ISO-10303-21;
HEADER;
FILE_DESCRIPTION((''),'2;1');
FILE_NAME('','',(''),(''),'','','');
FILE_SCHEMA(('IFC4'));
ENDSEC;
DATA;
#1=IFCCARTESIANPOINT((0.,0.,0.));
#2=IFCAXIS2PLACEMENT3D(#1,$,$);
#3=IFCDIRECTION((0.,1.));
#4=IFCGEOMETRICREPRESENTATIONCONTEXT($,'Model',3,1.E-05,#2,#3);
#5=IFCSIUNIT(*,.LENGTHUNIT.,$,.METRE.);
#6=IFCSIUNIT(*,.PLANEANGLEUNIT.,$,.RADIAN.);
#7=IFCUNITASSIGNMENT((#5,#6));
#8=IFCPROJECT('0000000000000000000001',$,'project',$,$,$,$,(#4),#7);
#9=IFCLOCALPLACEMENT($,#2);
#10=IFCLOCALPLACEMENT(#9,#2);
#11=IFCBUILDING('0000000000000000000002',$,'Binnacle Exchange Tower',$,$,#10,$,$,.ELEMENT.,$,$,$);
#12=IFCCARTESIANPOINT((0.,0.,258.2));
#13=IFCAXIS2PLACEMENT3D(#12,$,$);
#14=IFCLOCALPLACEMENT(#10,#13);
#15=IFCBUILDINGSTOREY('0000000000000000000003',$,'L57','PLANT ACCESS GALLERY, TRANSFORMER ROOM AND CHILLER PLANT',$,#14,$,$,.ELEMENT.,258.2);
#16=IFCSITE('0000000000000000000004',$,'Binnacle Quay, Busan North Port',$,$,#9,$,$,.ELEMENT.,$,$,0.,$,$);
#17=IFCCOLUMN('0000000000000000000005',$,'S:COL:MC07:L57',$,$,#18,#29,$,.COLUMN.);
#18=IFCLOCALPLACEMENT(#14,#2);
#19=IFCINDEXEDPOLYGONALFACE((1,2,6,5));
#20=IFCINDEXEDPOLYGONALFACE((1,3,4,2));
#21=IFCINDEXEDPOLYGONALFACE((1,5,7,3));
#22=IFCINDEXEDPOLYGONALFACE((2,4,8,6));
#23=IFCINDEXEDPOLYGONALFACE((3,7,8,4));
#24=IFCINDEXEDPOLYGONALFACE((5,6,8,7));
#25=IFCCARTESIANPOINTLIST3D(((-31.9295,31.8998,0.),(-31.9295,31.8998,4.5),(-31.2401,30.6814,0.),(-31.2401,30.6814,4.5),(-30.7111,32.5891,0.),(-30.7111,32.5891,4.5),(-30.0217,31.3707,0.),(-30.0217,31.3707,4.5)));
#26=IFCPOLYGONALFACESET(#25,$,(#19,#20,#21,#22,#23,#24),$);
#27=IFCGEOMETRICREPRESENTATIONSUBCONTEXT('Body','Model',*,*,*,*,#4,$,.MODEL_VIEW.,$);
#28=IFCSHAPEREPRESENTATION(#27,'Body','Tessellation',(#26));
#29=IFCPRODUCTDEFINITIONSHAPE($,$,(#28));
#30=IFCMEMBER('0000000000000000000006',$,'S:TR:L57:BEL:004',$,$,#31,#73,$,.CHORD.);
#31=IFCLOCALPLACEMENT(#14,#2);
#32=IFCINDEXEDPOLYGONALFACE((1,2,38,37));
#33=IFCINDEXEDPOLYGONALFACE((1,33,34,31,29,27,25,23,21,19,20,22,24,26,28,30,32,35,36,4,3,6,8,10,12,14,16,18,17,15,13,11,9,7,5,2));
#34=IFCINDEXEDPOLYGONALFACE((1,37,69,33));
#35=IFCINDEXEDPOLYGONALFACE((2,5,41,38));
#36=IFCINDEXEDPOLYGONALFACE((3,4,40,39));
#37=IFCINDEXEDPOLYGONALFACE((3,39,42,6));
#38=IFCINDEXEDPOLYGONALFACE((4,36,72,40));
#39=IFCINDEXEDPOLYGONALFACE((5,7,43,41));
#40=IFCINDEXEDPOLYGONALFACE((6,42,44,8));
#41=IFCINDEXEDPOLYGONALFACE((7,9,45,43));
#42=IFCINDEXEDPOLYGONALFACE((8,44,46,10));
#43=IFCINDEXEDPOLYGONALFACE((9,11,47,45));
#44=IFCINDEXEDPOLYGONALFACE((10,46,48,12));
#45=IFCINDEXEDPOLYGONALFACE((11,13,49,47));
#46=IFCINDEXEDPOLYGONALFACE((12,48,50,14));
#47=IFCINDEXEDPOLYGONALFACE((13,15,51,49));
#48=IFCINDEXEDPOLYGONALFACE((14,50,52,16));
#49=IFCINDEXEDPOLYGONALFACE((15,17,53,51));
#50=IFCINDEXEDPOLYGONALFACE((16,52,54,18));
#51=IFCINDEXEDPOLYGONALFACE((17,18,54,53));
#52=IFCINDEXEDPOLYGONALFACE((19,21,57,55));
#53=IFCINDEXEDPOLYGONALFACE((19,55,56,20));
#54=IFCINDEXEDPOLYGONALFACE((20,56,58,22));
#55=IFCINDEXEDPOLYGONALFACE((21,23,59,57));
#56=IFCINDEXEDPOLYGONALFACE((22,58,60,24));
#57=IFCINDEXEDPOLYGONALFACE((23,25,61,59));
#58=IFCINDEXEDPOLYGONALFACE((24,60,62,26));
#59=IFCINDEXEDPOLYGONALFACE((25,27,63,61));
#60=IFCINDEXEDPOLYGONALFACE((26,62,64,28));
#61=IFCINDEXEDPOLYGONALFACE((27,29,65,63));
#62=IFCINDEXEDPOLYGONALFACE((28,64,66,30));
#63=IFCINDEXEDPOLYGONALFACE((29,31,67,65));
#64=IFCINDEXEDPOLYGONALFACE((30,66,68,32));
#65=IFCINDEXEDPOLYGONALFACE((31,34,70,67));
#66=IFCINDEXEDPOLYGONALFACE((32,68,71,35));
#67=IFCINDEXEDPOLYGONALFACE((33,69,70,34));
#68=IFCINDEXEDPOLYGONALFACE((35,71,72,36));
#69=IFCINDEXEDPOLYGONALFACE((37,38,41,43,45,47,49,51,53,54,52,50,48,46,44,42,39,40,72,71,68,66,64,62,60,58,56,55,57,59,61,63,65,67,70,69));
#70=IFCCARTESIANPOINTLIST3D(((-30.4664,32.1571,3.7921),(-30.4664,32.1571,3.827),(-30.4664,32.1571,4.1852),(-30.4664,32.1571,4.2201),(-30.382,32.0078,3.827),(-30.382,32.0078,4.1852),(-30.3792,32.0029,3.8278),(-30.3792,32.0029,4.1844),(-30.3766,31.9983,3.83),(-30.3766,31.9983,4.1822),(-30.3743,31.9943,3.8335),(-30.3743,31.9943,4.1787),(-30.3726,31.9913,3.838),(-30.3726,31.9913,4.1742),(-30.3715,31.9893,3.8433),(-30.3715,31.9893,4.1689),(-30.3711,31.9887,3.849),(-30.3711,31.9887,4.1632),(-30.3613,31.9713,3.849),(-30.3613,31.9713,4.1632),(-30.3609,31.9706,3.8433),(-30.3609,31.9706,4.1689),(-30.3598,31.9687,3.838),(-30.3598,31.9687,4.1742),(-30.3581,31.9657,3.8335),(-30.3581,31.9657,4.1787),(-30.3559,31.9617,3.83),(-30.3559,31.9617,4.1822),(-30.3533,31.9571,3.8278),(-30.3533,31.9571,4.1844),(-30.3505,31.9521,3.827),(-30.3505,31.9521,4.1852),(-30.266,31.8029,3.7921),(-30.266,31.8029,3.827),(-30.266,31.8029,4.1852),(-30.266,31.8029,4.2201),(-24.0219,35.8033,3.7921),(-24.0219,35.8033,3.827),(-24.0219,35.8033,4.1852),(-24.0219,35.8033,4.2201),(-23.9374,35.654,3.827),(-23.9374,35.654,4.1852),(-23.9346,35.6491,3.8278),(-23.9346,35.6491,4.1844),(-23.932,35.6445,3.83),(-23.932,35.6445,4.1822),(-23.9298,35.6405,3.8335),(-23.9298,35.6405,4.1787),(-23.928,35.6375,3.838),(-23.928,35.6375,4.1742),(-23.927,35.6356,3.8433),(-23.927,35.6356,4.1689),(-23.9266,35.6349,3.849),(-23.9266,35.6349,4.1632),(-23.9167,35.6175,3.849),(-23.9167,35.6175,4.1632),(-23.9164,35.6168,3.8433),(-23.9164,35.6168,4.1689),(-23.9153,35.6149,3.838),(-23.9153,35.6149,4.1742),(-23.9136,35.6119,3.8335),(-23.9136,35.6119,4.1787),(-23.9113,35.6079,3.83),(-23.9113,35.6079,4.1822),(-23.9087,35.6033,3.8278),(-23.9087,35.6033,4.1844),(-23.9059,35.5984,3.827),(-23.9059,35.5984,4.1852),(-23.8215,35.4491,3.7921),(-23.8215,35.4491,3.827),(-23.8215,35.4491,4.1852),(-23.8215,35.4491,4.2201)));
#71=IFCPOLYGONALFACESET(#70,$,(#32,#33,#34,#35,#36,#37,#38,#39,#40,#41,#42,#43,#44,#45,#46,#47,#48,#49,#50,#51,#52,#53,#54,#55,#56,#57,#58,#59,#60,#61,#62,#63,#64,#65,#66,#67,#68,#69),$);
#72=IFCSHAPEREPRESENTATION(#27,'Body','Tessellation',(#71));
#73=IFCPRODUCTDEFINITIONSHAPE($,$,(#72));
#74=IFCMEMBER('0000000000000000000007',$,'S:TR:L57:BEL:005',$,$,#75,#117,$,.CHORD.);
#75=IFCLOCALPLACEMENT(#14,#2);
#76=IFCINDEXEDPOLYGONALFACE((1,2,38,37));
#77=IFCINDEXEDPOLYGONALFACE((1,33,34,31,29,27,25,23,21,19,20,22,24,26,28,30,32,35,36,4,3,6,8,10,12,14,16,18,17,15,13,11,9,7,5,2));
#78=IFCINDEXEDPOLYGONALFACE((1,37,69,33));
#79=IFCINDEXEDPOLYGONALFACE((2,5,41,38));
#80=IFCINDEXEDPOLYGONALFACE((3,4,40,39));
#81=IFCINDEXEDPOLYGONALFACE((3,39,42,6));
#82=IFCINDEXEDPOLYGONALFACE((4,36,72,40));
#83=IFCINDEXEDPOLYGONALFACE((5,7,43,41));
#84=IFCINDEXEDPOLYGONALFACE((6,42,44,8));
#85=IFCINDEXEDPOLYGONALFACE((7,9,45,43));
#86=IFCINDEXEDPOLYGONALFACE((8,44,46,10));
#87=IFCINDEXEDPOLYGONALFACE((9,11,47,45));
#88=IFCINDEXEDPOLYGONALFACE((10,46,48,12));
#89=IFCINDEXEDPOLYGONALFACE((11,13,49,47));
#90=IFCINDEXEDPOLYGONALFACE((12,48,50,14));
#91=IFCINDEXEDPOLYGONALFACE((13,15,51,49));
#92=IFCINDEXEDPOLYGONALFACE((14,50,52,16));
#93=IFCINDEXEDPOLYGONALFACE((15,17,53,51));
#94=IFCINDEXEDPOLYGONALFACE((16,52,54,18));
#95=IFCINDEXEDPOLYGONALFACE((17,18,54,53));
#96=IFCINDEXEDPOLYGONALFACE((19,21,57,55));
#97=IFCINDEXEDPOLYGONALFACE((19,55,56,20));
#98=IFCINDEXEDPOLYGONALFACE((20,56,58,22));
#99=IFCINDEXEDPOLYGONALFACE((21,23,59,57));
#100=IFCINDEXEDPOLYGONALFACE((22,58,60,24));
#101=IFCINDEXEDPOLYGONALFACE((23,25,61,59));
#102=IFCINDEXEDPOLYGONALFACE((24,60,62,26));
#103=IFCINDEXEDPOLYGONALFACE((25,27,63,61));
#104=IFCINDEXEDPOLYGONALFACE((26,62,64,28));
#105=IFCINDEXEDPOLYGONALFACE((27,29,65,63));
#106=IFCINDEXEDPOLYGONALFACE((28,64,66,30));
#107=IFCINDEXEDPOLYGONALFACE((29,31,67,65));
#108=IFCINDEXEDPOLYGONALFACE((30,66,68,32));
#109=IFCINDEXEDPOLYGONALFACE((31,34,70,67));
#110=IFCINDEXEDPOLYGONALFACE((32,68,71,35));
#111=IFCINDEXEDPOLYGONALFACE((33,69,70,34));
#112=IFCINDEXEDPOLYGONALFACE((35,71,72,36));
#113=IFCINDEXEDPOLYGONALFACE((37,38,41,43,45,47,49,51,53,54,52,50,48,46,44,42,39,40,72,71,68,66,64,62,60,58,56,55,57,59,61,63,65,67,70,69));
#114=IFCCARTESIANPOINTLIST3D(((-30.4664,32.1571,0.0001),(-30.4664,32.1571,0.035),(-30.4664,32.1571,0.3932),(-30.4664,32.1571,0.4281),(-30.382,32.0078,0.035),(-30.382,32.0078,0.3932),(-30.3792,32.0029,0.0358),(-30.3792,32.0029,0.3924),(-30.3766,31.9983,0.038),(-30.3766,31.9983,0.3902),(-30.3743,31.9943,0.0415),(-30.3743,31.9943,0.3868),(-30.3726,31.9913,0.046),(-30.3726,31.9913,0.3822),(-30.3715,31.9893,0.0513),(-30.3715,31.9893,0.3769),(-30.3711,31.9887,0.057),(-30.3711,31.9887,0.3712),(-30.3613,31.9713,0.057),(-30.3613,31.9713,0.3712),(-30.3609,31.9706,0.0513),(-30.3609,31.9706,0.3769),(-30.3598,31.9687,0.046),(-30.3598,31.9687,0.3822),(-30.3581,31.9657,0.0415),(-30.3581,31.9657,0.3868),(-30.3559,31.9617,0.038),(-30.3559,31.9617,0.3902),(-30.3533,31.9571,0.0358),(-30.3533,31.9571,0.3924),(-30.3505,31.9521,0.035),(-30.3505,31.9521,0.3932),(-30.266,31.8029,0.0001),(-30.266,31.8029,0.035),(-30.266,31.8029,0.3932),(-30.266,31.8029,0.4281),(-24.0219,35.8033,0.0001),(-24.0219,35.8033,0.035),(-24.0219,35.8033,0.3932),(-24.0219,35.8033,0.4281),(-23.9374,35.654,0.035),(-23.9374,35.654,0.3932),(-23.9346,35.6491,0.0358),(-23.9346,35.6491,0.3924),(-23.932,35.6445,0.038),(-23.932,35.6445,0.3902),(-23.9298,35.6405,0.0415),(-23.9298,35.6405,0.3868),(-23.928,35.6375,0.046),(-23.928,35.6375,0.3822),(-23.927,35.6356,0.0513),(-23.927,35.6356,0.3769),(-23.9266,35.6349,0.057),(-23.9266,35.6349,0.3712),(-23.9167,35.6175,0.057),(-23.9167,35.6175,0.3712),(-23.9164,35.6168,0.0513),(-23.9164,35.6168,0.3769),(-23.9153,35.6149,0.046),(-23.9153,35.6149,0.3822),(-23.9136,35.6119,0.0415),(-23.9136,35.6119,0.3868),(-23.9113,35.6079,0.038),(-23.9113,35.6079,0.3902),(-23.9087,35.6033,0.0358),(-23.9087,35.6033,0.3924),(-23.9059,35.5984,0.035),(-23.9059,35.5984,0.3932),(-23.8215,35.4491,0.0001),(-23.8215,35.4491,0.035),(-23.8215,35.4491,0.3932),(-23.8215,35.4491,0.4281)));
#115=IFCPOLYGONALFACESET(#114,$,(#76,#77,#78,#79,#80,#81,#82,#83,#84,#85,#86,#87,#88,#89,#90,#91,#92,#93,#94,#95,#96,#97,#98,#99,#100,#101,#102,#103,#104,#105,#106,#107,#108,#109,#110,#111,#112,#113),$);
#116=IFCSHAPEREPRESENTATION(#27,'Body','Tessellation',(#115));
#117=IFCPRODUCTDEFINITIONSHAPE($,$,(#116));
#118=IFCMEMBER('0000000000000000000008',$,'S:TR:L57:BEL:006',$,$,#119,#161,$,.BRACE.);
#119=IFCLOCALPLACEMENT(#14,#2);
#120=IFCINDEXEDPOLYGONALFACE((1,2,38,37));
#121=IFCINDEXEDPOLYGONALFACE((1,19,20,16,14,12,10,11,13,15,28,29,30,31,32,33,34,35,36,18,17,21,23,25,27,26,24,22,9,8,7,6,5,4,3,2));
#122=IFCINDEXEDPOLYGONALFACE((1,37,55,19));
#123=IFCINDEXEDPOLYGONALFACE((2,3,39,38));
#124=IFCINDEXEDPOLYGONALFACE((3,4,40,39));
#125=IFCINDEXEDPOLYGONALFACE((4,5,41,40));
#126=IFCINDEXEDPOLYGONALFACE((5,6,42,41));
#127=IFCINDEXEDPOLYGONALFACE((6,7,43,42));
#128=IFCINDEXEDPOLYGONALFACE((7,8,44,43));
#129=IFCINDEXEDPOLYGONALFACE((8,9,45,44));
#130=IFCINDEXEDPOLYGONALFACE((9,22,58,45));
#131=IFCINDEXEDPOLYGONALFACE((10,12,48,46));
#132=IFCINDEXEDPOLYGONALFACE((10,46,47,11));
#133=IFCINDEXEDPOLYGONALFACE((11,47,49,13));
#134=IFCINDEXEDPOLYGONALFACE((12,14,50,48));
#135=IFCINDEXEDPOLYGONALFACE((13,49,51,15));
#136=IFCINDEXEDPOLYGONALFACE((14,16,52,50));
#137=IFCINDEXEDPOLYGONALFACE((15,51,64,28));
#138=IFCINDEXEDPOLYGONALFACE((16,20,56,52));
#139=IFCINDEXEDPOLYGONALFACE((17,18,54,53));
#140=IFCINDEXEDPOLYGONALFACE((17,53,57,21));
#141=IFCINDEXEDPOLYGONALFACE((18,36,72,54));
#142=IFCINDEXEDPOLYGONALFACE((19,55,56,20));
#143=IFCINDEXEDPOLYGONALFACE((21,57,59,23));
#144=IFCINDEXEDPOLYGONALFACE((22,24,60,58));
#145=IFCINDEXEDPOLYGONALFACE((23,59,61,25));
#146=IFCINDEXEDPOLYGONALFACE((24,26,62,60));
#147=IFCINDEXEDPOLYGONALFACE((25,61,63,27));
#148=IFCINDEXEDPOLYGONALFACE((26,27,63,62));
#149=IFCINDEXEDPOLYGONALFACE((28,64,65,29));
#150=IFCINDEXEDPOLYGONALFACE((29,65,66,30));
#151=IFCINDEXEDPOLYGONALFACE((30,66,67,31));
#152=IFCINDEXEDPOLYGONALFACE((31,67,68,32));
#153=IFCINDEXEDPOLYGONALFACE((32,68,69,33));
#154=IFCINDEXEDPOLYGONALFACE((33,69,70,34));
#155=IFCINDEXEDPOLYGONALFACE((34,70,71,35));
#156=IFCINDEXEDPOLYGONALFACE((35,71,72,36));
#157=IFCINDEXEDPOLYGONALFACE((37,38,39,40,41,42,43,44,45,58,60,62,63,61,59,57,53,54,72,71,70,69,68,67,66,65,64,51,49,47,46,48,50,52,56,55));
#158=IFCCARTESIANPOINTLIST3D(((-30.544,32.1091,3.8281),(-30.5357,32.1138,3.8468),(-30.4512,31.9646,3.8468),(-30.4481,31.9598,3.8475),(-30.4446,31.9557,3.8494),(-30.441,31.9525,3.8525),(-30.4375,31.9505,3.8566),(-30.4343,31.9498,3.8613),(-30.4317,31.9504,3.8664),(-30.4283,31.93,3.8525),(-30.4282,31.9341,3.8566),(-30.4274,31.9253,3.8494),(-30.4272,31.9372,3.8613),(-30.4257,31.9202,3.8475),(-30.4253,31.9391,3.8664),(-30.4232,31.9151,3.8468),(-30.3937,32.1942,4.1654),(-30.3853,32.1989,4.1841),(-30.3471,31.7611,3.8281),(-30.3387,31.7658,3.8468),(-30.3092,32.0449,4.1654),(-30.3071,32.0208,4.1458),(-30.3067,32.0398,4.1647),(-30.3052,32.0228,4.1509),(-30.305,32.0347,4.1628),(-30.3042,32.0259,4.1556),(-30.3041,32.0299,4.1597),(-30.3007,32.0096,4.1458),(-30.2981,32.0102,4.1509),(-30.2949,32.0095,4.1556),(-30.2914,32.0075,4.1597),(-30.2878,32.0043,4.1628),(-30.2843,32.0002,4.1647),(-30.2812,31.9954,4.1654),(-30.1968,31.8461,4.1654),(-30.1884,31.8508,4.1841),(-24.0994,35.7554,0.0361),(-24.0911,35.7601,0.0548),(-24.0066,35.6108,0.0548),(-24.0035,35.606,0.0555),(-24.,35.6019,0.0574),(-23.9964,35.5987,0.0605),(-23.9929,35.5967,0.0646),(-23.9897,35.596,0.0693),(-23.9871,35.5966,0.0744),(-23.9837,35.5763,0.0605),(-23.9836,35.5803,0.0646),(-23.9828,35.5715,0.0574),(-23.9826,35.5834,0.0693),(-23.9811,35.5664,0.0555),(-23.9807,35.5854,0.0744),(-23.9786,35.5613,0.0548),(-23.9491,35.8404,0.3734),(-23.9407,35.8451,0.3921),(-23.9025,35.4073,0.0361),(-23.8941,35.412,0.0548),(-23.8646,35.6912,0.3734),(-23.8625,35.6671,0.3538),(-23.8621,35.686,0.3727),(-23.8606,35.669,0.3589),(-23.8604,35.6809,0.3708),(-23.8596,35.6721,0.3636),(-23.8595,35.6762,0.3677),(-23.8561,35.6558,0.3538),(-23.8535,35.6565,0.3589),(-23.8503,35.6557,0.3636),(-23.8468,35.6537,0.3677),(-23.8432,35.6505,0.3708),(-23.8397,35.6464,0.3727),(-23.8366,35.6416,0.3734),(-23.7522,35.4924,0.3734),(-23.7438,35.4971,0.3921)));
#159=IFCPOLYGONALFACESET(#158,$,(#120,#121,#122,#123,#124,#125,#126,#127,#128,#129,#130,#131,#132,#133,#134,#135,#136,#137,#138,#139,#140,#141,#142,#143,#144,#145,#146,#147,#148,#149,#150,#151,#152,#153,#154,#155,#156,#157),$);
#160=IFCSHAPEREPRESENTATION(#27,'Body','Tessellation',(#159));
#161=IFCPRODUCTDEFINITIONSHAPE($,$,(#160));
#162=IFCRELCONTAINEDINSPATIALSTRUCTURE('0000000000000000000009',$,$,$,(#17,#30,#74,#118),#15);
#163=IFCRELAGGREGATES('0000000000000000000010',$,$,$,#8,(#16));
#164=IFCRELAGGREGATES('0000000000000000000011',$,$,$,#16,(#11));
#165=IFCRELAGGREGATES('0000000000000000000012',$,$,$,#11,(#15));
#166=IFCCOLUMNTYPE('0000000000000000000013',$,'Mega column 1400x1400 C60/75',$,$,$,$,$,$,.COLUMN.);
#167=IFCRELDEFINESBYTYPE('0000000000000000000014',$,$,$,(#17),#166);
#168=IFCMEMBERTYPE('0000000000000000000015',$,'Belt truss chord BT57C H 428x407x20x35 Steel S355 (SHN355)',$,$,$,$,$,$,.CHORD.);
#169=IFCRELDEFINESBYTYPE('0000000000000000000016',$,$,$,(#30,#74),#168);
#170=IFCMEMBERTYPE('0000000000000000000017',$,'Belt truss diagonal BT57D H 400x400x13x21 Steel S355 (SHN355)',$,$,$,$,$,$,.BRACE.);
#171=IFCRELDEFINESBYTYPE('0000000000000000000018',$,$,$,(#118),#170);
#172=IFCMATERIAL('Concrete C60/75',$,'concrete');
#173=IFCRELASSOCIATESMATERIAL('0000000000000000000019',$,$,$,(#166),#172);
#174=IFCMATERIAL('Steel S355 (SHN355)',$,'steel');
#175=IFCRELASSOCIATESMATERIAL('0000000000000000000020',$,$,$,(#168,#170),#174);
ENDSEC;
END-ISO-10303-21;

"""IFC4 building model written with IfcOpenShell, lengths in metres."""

from ifc_helpers import new_model, si_unit, direction, frame, origin, origin_2d, place, context, subcontext, project, spatial, rectangle, i_section, extrude, material, material_profile, profile_set, type_object, element, save


model = new_model("IFC4")

# Units and contexts
model_context = context("Model", 3, precision=1e-05, world=origin(), true_north=direction((0.0, 1.0)))
body_context = subcontext(model_context, "Body", "Model", "MODEL_VIEW")
ifc_project = project(units=[si_unit("LENGTHUNIT", "METRE"), si_unit("PLANEANGLEUNIT", "RADIAN")], contexts=[model_context])

# Site, building, storey
site_placement = place(None, origin())
site = spatial("IfcSite", under=ifc_project, at=site_placement, Name="Binnacle Quay, Busan North Port", CompositionType="ELEMENT", RefElevation=0.0)
building_placement = place(site_placement, origin())
building = spatial("IfcBuilding", under=site, at=building_placement, Name="Binnacle Exchange Tower", CompositionType="ELEMENT")
storey_placement = place(building_placement, frame((0.0, 0.0, 258.2)))
storey = spatial("IfcBuildingStorey", under=building, at=storey_placement, Name="L57", Description="PLANT ACCESS GALLERY, TRANSFORMER ROOM AND CHILLER PLANT", CompositionType="ELEMENT", Elevation=258.2)

# Column
ifc_material_1 = material(Name="Concrete C60/75", Category="concrete")
ifc_material_profile_1 = material_profile(ifc_material_1, rectangle(XDim=1.3999, YDim=1.3999, at=origin_2d()), Name="Mega column 1400x1400 C60/75")
ifc_profile_set_1 = profile_set([ifc_material_profile_1], Name="Concrete C60/75")
column_type = type_object("IfcColumnType", Name="Mega column 1400x1400 C60/75", PredefinedType="COLUMN", material=ifc_profile_set_1)
column_placement = place(storey_placement, frame((-30.9756, 31.6353, 0.0), z_axis=(0.0, 0.0, 1.0), x_axis=(0.870356, 0.492424, 0.0)))
element("IfcColumn", 1, at=column_placement, inside=storey, type_object=column_type, Name="S:COL:MC07:L57", PredefinedType="COLUMN", context=body_context, shape_type="SweptSolid", body=[
    extrude(rectangle(XDim=1.3999, YDim=1.3999, at=origin_2d()), origin(), (0.0, 0.0, 1.0), 4.5),
])

# Members
ifc_material_2 = material(Name="Steel S355 (SHN355)", Category="steel")
ifc_material_profile_2 = material_profile(ifc_material_2, i_section(OverallWidth=0.407, OverallDepth=0.428, WebThickness=0.02, FlangeThickness=0.0349, FilletRadius=0.022, at=origin_2d()), Name="H 428x407x20x35")
ifc_profile_set_2 = profile_set([ifc_material_profile_2], Name="Steel S355 (SHN355)")
member_type_1 = type_object("IfcMemberType", Name="Belt truss chord BT57C H 428x407x20x35 Steel S355 (SHN355)", PredefinedType="CHORD", material=ifc_profile_set_2)
for number, where, z_axis, x_axis, name in (
    (2, (-30.3662, 31.98, 4.0061), (0.870352, 0.492431, 0.0), (-0.492431, 0.870352, 0.0), "S:TR:L57:BEL:004"),
    (3, (-30.3662, 31.98, 0.2141), (0.870352, 0.492431, 0.0), (-0.492431, 0.870352, 0.0), "S:TR:L57:BEL:005"),
):
    element("IfcMember", number, at=place(storey_placement, frame(where, z_axis=z_axis, x_axis=x_axis)), inside=storey, type_object=member_type_1, Name=name, PredefinedType="CHORD", context=body_context, shape_type="SweptSolid", body=[
        extrude(i_section(OverallWidth=0.407, OverallDepth=0.428, WebThickness=0.02, FlangeThickness=0.0349, FilletRadius=0.022, at=origin_2d()), origin(), (0.0, 0.0, 1.0), 7.4045),
    ])
ifc_material_profile_3 = material_profile(ifc_material_2, i_section(OverallWidth=0.3999, OverallDepth=0.3999, WebThickness=0.0129, FlangeThickness=0.021, FilletRadius=0.022, at=origin_2d()), Name="H 400x400x13x21")
ifc_profile_set_3 = profile_set([ifc_material_profile_3], Name="Steel S355 (SHN355)")
member_type_2 = type_object("IfcMemberType", Name="Belt truss diagonal BT57D H 400x400x13x21 Steel S355 (SHN355)", PredefinedType="BRACE", material=ifc_profile_set_3)
member_1_placement = place(storey_placement, frame((-30.3662, 31.98, 4.0061), z_axis=(0.774676, 0.438299, -0.455819), x_axis=(-0.492431, 0.870352, 0.0)))
element("IfcMember", 4, at=member_1_placement, inside=storey, type_object=member_type_2, Name="S:TR:L57:BEL:006", PredefinedType="BRACE", context=body_context, shape_type="SweptSolid", body=[
    extrude(i_section(OverallWidth=0.3999, OverallDepth=0.3999, WebThickness=0.0129, FlangeThickness=0.021, FilletRadius=0.022, at=origin_2d()), origin(), (0.0, 0.0, 1.0), 8.3191),
])

save(model, "model.ifc")
